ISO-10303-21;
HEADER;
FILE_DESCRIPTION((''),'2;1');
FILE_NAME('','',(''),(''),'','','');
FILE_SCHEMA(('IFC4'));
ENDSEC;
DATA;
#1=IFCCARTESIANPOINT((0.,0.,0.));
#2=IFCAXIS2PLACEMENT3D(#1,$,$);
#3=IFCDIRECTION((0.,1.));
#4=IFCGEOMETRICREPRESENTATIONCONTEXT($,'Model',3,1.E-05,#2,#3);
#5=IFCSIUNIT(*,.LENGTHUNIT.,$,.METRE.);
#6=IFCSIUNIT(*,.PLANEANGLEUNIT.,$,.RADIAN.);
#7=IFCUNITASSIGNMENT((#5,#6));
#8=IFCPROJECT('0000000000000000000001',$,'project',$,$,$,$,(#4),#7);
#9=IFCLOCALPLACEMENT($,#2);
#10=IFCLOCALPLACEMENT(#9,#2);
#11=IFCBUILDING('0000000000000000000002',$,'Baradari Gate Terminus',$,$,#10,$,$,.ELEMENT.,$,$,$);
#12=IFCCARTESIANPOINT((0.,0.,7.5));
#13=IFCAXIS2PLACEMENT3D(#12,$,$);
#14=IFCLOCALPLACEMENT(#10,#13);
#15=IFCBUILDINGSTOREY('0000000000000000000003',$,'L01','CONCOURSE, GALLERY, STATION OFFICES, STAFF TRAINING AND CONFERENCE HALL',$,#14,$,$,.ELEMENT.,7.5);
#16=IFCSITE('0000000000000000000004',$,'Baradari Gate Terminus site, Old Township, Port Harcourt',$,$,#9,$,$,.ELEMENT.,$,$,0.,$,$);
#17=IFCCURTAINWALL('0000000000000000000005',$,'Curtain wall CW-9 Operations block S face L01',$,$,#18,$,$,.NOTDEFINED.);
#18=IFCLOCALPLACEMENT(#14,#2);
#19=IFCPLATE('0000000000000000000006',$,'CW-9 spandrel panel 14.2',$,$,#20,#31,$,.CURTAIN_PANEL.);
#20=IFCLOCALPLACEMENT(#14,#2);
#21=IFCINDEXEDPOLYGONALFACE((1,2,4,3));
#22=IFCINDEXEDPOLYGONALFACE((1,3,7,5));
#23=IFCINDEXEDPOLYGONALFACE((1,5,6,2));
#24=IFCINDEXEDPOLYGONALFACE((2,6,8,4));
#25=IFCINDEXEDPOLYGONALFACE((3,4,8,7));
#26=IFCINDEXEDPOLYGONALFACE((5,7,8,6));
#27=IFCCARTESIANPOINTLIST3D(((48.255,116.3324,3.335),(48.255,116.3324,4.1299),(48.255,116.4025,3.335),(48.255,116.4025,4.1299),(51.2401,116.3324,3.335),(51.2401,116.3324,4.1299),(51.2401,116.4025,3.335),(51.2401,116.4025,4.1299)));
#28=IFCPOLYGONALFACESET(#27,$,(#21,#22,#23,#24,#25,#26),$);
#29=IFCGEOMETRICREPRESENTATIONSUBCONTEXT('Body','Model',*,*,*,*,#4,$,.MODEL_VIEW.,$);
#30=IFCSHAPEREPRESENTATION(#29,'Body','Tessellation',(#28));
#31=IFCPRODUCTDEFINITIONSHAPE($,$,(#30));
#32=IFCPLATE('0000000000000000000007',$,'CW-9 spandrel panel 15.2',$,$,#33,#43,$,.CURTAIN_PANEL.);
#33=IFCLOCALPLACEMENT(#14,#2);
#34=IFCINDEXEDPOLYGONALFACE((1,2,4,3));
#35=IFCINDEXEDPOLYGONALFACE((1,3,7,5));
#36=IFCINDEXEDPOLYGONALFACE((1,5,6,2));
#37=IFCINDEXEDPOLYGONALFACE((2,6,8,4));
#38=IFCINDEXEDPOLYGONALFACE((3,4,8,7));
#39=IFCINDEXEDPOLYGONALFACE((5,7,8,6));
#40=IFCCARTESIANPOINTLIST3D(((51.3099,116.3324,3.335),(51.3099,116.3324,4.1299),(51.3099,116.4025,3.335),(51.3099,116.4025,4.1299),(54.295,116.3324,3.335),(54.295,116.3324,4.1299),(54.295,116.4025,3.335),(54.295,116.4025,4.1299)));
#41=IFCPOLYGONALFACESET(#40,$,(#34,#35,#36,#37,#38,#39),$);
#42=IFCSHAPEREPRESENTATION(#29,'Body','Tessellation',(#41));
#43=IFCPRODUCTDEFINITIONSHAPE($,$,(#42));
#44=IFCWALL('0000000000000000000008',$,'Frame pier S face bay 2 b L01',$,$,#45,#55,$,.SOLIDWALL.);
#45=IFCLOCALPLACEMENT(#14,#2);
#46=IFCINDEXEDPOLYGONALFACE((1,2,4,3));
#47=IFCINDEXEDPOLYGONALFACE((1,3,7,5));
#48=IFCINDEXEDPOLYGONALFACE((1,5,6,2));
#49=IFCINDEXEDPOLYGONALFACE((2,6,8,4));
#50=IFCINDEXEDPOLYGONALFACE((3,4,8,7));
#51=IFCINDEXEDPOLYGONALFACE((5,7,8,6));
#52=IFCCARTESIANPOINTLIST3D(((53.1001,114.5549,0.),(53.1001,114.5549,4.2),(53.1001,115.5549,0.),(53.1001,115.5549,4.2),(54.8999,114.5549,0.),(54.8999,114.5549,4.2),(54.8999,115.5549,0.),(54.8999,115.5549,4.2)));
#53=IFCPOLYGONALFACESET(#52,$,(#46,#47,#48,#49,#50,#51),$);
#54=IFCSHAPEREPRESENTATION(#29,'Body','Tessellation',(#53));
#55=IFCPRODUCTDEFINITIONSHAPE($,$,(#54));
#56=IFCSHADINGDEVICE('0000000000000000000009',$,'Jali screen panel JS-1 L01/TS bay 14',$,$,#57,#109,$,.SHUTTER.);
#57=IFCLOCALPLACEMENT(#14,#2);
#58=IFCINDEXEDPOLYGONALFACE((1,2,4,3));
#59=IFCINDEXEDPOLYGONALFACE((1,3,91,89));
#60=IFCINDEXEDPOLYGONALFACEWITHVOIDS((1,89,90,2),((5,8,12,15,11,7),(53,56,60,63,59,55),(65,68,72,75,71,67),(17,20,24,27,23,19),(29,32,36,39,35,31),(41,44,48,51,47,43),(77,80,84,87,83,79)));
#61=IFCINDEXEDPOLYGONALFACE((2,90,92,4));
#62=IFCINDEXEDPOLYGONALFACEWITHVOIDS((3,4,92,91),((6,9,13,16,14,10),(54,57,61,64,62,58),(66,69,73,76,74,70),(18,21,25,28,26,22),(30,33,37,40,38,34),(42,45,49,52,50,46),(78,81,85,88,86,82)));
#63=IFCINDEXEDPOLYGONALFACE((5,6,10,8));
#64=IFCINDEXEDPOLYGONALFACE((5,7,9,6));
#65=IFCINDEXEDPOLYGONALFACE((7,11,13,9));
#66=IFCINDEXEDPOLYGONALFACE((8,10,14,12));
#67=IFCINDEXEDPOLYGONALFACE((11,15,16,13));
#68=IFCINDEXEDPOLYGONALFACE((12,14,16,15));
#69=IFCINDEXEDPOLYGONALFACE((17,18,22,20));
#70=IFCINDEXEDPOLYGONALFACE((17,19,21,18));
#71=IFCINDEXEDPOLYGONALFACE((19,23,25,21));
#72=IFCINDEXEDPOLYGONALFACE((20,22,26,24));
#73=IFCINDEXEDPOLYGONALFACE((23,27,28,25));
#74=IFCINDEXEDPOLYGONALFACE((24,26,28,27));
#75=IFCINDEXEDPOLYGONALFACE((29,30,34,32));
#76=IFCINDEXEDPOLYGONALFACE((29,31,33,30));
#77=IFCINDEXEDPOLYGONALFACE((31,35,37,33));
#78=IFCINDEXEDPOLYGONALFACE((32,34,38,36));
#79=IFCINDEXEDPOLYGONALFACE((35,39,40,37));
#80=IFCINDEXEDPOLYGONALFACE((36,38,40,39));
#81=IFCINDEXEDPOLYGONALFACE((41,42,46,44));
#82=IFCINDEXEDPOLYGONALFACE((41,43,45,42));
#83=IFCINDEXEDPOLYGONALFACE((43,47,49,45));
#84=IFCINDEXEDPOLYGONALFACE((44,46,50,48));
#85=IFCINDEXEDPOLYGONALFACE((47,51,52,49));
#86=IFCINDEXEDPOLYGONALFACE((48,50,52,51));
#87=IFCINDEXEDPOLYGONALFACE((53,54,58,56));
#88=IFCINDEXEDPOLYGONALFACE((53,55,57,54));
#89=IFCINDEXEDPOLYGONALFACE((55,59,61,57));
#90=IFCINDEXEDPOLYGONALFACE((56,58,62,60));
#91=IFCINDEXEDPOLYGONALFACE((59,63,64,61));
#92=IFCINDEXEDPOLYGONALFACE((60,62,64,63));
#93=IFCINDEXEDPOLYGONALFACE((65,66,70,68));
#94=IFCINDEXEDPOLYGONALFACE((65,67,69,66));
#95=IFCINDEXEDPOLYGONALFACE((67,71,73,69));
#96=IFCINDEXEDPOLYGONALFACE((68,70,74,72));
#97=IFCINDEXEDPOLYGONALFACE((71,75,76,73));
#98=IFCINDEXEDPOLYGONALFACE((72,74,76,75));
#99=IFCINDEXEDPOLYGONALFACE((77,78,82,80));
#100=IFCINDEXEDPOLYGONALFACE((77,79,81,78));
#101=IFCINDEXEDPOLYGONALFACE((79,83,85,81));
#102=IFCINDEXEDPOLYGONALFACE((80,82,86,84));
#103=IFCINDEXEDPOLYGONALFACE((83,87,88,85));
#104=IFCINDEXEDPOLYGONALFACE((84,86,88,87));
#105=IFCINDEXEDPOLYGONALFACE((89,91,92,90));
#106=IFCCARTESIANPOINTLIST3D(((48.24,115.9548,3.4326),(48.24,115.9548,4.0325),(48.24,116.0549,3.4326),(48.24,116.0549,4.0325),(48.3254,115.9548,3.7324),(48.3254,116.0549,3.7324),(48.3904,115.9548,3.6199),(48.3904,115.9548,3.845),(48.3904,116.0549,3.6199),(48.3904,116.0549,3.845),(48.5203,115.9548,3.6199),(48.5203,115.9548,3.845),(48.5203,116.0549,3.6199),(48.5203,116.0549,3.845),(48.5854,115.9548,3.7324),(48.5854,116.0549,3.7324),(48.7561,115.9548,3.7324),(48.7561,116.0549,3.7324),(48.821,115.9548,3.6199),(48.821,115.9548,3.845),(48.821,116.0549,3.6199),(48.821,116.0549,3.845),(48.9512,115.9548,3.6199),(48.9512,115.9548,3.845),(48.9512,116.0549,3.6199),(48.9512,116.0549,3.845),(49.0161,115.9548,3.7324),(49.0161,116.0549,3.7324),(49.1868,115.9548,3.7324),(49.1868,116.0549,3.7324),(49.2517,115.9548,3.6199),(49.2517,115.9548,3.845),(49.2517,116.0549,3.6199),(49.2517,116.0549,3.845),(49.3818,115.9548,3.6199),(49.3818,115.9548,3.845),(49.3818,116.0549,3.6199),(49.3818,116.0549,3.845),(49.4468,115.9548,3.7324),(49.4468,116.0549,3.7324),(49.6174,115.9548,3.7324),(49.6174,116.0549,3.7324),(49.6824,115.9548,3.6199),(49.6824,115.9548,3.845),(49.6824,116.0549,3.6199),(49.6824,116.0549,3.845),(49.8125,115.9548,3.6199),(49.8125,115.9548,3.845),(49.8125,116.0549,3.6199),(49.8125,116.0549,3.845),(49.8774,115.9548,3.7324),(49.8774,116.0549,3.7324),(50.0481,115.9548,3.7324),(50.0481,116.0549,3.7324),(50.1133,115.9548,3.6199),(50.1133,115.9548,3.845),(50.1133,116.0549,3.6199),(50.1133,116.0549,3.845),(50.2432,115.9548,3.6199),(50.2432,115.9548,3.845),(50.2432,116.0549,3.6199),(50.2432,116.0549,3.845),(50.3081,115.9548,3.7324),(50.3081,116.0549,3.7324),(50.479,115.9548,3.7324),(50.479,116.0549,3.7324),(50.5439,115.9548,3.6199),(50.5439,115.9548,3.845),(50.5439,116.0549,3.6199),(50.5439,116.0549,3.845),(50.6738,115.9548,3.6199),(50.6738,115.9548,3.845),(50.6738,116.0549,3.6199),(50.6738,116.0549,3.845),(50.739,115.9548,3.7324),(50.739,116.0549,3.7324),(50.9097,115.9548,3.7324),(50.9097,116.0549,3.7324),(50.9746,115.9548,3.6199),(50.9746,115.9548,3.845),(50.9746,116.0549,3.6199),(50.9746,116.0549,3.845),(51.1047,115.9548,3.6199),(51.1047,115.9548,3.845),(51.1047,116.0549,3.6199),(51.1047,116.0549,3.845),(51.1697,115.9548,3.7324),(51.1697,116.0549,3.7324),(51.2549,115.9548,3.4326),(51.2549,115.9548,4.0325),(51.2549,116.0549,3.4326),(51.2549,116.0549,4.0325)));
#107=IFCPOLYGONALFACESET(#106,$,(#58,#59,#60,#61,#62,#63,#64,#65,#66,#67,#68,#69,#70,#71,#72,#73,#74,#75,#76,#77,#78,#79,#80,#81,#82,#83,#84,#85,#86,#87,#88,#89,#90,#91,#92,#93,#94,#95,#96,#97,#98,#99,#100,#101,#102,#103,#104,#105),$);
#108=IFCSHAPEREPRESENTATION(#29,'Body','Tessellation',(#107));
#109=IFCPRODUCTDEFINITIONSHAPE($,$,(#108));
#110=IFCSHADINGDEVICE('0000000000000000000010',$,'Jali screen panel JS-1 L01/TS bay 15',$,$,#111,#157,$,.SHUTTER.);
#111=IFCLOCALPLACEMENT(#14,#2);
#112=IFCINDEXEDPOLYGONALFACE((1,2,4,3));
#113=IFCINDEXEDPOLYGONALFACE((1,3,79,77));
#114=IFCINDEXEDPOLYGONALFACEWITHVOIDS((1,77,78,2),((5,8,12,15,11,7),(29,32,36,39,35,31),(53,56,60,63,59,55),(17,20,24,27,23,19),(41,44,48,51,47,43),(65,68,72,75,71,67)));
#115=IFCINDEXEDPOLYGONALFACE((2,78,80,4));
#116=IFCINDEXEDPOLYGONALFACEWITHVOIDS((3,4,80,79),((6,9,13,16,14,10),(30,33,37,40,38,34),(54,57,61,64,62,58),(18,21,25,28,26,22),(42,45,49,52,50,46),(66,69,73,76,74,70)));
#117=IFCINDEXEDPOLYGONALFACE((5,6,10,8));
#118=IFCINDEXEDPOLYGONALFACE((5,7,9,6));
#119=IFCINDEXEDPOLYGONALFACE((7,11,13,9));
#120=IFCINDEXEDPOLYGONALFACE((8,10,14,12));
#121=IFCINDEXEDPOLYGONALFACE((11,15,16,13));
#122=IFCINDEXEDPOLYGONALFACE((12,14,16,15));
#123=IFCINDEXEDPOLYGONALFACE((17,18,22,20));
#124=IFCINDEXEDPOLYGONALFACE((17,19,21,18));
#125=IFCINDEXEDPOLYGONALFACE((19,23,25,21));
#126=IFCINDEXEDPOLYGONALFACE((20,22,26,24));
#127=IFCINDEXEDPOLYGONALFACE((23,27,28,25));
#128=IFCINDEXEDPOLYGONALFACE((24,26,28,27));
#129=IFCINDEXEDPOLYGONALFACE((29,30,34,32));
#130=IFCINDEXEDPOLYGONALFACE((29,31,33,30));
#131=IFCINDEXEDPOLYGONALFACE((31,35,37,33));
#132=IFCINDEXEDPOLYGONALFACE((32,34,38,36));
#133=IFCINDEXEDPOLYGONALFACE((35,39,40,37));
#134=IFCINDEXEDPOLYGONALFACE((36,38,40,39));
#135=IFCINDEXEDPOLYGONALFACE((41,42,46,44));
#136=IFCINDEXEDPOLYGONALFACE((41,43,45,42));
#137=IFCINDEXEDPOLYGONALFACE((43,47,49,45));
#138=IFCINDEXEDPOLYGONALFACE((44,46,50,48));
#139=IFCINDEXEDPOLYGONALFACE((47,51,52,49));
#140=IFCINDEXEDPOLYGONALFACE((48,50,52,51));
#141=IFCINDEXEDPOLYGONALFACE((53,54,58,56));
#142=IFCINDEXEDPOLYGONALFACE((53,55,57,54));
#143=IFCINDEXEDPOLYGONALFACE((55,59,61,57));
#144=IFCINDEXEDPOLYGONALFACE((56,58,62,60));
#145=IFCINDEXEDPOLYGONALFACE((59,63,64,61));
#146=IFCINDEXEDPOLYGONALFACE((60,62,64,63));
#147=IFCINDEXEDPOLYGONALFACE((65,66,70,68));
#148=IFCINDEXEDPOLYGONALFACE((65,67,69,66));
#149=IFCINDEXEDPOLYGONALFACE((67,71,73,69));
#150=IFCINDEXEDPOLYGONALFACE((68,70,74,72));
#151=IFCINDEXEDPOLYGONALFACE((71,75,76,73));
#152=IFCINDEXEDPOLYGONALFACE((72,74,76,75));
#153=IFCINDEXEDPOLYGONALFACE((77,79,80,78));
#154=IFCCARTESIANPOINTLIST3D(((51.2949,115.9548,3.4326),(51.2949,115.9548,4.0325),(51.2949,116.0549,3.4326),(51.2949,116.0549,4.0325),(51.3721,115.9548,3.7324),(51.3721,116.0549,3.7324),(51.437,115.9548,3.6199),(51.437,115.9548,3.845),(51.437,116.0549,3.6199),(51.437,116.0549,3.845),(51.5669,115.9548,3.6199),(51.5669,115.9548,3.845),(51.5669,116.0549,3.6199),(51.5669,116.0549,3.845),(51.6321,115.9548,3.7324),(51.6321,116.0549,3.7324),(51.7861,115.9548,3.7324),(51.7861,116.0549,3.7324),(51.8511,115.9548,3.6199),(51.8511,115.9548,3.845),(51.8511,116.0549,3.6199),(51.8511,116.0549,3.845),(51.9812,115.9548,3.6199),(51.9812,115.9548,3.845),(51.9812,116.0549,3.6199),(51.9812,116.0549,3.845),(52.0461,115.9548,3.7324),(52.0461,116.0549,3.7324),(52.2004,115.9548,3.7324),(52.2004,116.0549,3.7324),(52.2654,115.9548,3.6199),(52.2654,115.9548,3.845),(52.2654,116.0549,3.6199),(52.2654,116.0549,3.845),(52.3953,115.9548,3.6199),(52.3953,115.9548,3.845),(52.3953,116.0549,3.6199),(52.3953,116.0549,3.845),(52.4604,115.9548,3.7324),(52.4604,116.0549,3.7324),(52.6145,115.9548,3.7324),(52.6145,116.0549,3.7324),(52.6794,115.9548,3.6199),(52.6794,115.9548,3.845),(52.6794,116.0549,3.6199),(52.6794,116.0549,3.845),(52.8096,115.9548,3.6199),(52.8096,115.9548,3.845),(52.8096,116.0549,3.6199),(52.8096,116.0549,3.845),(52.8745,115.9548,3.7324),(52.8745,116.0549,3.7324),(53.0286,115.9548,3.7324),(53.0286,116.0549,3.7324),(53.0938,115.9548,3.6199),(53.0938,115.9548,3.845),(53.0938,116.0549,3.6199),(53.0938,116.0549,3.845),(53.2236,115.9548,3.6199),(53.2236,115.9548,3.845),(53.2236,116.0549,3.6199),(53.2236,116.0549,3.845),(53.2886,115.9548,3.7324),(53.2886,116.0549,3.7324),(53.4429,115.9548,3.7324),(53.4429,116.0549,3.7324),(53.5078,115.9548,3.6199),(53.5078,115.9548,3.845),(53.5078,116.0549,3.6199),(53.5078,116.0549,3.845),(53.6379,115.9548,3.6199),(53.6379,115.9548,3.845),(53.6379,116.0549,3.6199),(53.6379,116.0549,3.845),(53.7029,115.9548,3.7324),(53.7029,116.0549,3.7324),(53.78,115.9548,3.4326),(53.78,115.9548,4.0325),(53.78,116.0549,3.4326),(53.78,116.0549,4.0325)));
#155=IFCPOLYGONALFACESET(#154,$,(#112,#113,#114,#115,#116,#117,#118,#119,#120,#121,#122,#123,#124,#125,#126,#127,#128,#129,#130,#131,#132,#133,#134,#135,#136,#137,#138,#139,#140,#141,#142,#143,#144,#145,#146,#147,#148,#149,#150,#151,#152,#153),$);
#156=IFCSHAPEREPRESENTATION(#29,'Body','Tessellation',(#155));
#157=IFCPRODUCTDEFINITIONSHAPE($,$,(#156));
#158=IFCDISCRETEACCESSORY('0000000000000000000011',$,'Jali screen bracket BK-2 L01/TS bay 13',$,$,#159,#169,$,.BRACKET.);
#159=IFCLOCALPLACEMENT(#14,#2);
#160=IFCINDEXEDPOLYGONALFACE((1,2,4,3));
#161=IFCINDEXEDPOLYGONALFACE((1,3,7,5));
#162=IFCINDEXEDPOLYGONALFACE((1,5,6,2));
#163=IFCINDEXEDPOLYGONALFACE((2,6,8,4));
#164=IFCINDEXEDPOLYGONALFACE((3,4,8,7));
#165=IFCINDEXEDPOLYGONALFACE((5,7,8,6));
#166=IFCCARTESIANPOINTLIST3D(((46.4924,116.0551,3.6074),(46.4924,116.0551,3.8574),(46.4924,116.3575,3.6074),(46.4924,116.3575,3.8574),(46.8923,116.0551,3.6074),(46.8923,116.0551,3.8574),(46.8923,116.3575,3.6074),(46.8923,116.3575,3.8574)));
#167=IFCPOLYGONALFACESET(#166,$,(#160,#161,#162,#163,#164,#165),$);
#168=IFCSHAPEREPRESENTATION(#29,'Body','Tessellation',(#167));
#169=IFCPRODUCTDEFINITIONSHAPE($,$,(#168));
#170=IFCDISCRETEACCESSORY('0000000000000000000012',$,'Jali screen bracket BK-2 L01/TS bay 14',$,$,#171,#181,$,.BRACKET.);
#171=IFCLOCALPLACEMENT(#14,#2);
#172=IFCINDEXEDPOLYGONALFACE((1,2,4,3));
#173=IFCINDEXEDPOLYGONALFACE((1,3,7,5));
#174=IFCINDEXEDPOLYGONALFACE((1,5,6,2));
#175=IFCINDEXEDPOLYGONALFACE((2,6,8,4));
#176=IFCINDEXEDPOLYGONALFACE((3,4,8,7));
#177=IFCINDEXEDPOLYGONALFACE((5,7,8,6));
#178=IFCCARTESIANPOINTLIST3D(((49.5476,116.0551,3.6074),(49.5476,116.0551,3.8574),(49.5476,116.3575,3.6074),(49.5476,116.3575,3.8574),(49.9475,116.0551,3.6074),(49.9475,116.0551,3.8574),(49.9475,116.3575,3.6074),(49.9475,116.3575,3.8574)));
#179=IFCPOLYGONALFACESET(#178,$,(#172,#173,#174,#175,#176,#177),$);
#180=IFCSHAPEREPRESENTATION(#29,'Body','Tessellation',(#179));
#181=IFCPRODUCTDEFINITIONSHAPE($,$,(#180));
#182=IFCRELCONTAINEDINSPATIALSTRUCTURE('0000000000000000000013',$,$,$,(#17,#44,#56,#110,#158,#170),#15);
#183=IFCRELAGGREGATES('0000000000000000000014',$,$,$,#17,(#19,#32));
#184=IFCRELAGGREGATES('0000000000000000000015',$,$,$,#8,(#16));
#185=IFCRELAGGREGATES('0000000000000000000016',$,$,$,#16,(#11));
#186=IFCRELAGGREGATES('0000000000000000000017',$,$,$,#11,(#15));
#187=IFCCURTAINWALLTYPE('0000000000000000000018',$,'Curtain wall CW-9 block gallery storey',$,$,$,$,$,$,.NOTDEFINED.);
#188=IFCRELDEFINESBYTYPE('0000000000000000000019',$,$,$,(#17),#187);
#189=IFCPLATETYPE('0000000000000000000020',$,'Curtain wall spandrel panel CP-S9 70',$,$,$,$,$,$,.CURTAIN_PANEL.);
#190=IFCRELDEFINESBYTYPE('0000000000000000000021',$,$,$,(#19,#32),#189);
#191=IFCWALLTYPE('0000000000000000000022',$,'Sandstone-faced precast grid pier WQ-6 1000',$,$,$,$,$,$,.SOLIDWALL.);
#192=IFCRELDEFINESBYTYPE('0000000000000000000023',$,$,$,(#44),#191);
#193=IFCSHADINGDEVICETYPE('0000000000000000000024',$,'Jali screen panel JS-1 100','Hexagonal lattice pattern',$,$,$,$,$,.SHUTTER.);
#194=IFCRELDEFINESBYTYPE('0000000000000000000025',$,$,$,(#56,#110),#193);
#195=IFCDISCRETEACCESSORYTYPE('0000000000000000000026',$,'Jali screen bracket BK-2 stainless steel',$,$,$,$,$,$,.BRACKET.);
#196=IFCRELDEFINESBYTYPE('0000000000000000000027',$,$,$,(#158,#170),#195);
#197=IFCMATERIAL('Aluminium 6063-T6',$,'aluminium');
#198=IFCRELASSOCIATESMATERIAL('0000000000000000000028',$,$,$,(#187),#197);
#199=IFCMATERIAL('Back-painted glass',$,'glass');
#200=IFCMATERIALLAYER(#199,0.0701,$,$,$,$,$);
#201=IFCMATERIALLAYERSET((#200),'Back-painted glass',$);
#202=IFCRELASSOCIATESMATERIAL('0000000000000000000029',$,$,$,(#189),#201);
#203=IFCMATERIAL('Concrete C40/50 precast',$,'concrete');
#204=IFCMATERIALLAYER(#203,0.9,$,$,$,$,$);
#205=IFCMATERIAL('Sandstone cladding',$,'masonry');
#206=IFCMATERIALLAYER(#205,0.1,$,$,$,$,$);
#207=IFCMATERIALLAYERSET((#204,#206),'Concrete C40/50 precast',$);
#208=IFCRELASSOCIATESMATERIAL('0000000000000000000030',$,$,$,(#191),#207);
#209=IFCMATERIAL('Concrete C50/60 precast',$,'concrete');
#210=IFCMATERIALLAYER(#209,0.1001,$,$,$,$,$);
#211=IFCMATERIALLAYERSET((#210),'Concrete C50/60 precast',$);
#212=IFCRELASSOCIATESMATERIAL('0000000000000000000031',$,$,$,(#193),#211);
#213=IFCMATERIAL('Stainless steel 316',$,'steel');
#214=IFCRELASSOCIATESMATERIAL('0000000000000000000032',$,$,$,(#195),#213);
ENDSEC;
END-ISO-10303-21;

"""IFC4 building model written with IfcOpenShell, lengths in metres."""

from ifc_helpers import new_model, si_unit, direction, frame, frame_2d, origin, origin_2d, place, context, subcontext, project, spatial, polyline, rectangle, outline, extrude, material, layer, layer_set, type_object, element, aggregate, save


model = new_model("IFC4")

# Units and contexts
model_context = context("Model", 3, precision=1e-05, world=origin(), true_north=direction((0.0, 1.0)))
body_context = subcontext(model_context, "Body", "Model", "MODEL_VIEW")
ifc_project = project(units=[si_unit("LENGTHUNIT", "METRE"), si_unit("PLANEANGLEUNIT", "RADIAN")], contexts=[model_context])

# Site, building, storey
site_placement = place(None, origin())
site = spatial("IfcSite", under=ifc_project, at=site_placement, Name="Baradari Gate Terminus site, Old Township, Port Harcourt", CompositionType="ELEMENT", RefElevation=0.0)
building_placement = place(site_placement, origin())
building = spatial("IfcBuilding", under=site, at=building_placement, Name="Baradari Gate Terminus", CompositionType="ELEMENT")
storey_placement = place(building_placement, frame((0.0, 0.0, 7.5)))
storey = spatial("IfcBuildingStorey", under=building, at=storey_placement, Name="L01", Description="CONCOURSE, GALLERY, STATION OFFICES, STAFF TRAINING AND CONFERENCE HALL", CompositionType="ELEMENT", Elevation=7.5)

# Curtain wall, plates
ifc_material_1 = material(Name="Aluminium 6063-T6", Category="aluminium")
curtain_wall_type = type_object("IfcCurtainWallType", Name="Curtain wall CW-9 block gallery storey", PredefinedType="NOTDEFINED", material=ifc_material_1)
curtain_wall_placement = place(storey_placement, origin())
curtain_wall = element("IfcCurtainWall", 1, at=curtain_wall_placement, inside=storey, type_object=curtain_wall_type, Name="Curtain wall CW-9 Operations block S face L01", PredefinedType="NOTDEFINED")
ifc_material_2 = material(Name="Back-painted glass", Category="glass")
ifc_layer_1 = layer(ifc_material_2, 0.0701)
ifc_layer_set_1 = layer_set([ifc_layer_1], Name="Back-painted glass")
plate_type_1 = type_object("IfcPlateType", Name="Curtain wall spandrel panel CP-S9 70", PredefinedType="CURTAIN_PANEL", material=ifc_layer_set_1)
plate_1_placement = place(storey_placement, frame((49.7476, 116.3674, 3.335), z_axis=(0.0, 0.0, 1.0), x_axis=(1.0, 0.0, 0.0)))
plate_1 = element("IfcPlate", 2, at=plate_1_placement, type_object=plate_type_1, Name="CW-9 spandrel panel 14.2", PredefinedType="CURTAIN_PANEL", context=body_context, shape_type="SweptSolid", body=[
    extrude(rectangle(XDim=2.9851, YDim=0.0701, at=origin_2d()), origin(), (0.0, 0.0, 1.0), 0.7949),
])
plate_2_placement = place(storey_placement, frame((52.8025, 116.3674, 3.335), z_axis=(0.0, 0.0, 1.0), x_axis=(1.0, 0.0, 0.0)))
plate_2 = element("IfcPlate", 3, at=plate_2_placement, type_object=plate_type_1, Name="CW-9 spandrel panel 15.2", PredefinedType="CURTAIN_PANEL", context=body_context, shape_type="SweptSolid", body=[
    extrude(rectangle(XDim=2.9851, YDim=0.0701, at=origin_2d()), origin(), (0.0, 0.0, 1.0), 0.7949),
])
aggregate(curtain_wall, [plate_1, plate_2])

# Wall
ifc_material_3 = material(Name="Concrete C40/50 precast", Category="concrete")
ifc_layer_2 = layer(ifc_material_3, 0.9)
ifc_material_4 = material(Name="Sandstone cladding", Category="masonry")
ifc_layer_3 = layer(ifc_material_4, 0.1)
ifc_layer_set_2 = layer_set([ifc_layer_2, ifc_layer_3], Name="Concrete C40/50 precast")
wall_type = type_object("IfcWallType", Name="Sandstone-faced precast grid pier WQ-6 1000", PredefinedType="SOLIDWALL", material=ifc_layer_set_2)
wall_placement = place(storey_placement, frame((53.1001, 115.0549, 0.0), z_axis=(0.0, 0.0, 1.0), x_axis=(1.0, 0.0, 0.0)))
element("IfcWall", 4, at=wall_placement, inside=storey, type_object=wall_type, Name="Frame pier S face bay 2 b L01", PredefinedType="SOLIDWALL", context=body_context, shape_type="SweptSolid", body=[
    extrude(rectangle(XDim=1.7998, YDim=1.0, at=frame_2d((0.8999, 0.0))), origin(), (0.0, 0.0, 1.0), 4.2),
])

# Shading devices
ifc_material_5 = material(Name="Concrete C50/60 precast", Category="concrete")
ifc_layer_4 = layer(ifc_material_5, 0.1001)
ifc_layer_set_3 = layer_set([ifc_layer_4], Name="Concrete C50/60 precast")
shading_device_type = type_object("IfcShadingDeviceType", Name="Jali screen panel JS-1 100", Description="Hexagonal lattice pattern", PredefinedType="SHUTTER", material=ifc_layer_set_3)
shading_device_1_placement = place(storey_placement, frame((48.24, 116.0049, 3.4326), z_axis=(0.0, 0.0, 1.0), x_axis=(1.0, 0.0, 0.0)))
element("IfcShadingDevice", 5, at=shading_device_1_placement, inside=storey, type_object=shading_device_type, Name="Jali screen panel JS-1 L01/TS bay 14", PredefinedType="SHUTTER", context=body_context, shape_type="SweptSolid", body=[
    extrude(outline(polyline([(0.0, 0.0), (3.0149, 0.0), (3.0149, 0.5999), (0.0, 0.5999), (0.0, 0.0)]), holes=[polyline([(0.3455, 0.2998), (0.2803, 0.1873), (0.1504, 0.1873), (0.0854, 0.2998), (0.1504, 0.4124), (0.2803, 0.4124), (0.3455, 0.2998)]), polyline([(0.7761, 0.2998), (0.7112, 0.1873), (0.5811, 0.1873), (0.5161, 0.2998), (0.5811, 0.4124), (0.7112, 0.4124), (0.7761, 0.2998)]), polyline([(1.2068, 0.2998), (1.1418, 0.1873), (1.0117, 0.1873), (0.9468, 0.2998), (1.0117, 0.4124), (1.1418, 0.4124), (1.2068, 0.2998)]), polyline([(1.6375, 0.2998), (1.5725, 0.1873), (1.4424, 0.1873), (1.3774, 0.2998), (1.4424, 0.4124), (1.5725, 0.4124), (1.6375, 0.2998)]), polyline([(2.0681, 0.2998), (2.0032, 0.1873), (1.8733, 0.1873), (1.8081, 0.2998), (1.8733, 0.4124), (2.0032, 0.4124), (2.0681, 0.2998)]), polyline([(2.499, 0.2998), (2.4338, 0.1873), (2.304, 0.1873), (2.239, 0.2998), (2.304, 0.4124), (2.4338, 0.4124), (2.499, 0.2998)]), polyline([(2.9297, 0.2998), (2.8647, 0.1873), (2.7346, 0.1873), (2.6697, 0.2998), (2.7346, 0.4124), (2.8647, 0.4124), (2.9297, 0.2998)])]), frame((0.0, 0.05, 0.0), z_axis=(0.0, -1.0, 0.0), x_axis=(1.0, 0.0, 0.0)), (0.0, 0.0, 1.0), 0.1001),
])
shading_device_2_placement = place(storey_placement, frame((51.2949, 116.0049, 3.4326), z_axis=(0.0, 0.0, 1.0), x_axis=(1.0, 0.0, 0.0)))
element("IfcShadingDevice", 6, at=shading_device_2_placement, inside=storey, type_object=shading_device_type, Name="Jali screen panel JS-1 L01/TS bay 15", PredefinedType="SHUTTER", context=body_context, shape_type="SweptSolid", body=[
    extrude(outline(polyline([(0.0, 0.0), (2.4851, 0.0), (2.4851, 0.5999), (0.0, 0.5999), (0.0, 0.0)]), holes=[polyline([(0.3372, 0.2998), (0.272, 0.1873), (0.1421, 0.1873), (0.0771, 0.2998), (0.1421, 0.4124), (0.272, 0.4124), (0.3372, 0.2998)]), polyline([(0.7512, 0.2998), (0.6863, 0.1873), (0.5562, 0.1873), (0.4912, 0.2998), (0.5562, 0.4124), (0.6863, 0.4124), (0.7512, 0.2998)]), polyline([(1.1655, 0.2998), (1.1003, 0.1873), (0.9705, 0.1873), (0.9055, 0.2998), (0.9705, 0.4124), (1.1003, 0.4124), (1.1655, 0.2998)]), polyline([(1.5796, 0.2998), (1.5146, 0.1873), (1.3845, 0.1873), (1.3196, 0.2998), (1.3845, 0.4124), (1.5146, 0.4124), (1.5796, 0.2998)]), polyline([(1.9937, 0.2998), (1.9287, 0.1873), (1.7988, 0.1873), (1.7336, 0.2998), (1.7988, 0.4124), (1.9287, 0.4124), (1.9937, 0.2998)]), polyline([(2.408, 0.2998), (2.343, 0.1873), (2.2129, 0.1873), (2.1479, 0.2998), (2.2129, 0.4124), (2.343, 0.4124), (2.408, 0.2998)])]), frame((0.0, 0.05, 0.0), z_axis=(0.0, -1.0, 0.0), x_axis=(1.0, 0.0, 0.0)), (0.0, 0.0, 1.0), 0.1001),
])

# Discrete accessories
ifc_material_6 = material(Name="Stainless steel 316", Category="steel")
discrete_accessory_type = type_object("IfcDiscreteAccessoryType", Name="Jali screen bracket BK-2 stainless steel", PredefinedType="BRACKET", material=ifc_material_6)
for number, where, z_axis, x_axis, name in (
    (7, (46.6924, 116.2063, 3.6074), (0.0, 0.0, 1.0), (0.0, -1.0, 0.0), "Jali screen bracket BK-2 L01/TS bay 13"),
    (8, (49.7476, 116.2063, 3.6074), (0.0, 0.0, 1.0), (0.0, -1.0, 0.0), "Jali screen bracket BK-2 L01/TS bay 14"),
):
    element("IfcDiscreteAccessory", number, at=place(storey_placement, frame(where, z_axis=z_axis, x_axis=x_axis)), inside=storey, type_object=discrete_accessory_type, Name=name, PredefinedType="BRACKET", context=body_context, shape_type="SweptSolid", body=[
        extrude(rectangle(XDim=0.3025, YDim=0.3999, at=origin_2d()), origin(), (0.0, 0.0, 1.0), 0.25),
    ])

save(model, "model.ifc")
